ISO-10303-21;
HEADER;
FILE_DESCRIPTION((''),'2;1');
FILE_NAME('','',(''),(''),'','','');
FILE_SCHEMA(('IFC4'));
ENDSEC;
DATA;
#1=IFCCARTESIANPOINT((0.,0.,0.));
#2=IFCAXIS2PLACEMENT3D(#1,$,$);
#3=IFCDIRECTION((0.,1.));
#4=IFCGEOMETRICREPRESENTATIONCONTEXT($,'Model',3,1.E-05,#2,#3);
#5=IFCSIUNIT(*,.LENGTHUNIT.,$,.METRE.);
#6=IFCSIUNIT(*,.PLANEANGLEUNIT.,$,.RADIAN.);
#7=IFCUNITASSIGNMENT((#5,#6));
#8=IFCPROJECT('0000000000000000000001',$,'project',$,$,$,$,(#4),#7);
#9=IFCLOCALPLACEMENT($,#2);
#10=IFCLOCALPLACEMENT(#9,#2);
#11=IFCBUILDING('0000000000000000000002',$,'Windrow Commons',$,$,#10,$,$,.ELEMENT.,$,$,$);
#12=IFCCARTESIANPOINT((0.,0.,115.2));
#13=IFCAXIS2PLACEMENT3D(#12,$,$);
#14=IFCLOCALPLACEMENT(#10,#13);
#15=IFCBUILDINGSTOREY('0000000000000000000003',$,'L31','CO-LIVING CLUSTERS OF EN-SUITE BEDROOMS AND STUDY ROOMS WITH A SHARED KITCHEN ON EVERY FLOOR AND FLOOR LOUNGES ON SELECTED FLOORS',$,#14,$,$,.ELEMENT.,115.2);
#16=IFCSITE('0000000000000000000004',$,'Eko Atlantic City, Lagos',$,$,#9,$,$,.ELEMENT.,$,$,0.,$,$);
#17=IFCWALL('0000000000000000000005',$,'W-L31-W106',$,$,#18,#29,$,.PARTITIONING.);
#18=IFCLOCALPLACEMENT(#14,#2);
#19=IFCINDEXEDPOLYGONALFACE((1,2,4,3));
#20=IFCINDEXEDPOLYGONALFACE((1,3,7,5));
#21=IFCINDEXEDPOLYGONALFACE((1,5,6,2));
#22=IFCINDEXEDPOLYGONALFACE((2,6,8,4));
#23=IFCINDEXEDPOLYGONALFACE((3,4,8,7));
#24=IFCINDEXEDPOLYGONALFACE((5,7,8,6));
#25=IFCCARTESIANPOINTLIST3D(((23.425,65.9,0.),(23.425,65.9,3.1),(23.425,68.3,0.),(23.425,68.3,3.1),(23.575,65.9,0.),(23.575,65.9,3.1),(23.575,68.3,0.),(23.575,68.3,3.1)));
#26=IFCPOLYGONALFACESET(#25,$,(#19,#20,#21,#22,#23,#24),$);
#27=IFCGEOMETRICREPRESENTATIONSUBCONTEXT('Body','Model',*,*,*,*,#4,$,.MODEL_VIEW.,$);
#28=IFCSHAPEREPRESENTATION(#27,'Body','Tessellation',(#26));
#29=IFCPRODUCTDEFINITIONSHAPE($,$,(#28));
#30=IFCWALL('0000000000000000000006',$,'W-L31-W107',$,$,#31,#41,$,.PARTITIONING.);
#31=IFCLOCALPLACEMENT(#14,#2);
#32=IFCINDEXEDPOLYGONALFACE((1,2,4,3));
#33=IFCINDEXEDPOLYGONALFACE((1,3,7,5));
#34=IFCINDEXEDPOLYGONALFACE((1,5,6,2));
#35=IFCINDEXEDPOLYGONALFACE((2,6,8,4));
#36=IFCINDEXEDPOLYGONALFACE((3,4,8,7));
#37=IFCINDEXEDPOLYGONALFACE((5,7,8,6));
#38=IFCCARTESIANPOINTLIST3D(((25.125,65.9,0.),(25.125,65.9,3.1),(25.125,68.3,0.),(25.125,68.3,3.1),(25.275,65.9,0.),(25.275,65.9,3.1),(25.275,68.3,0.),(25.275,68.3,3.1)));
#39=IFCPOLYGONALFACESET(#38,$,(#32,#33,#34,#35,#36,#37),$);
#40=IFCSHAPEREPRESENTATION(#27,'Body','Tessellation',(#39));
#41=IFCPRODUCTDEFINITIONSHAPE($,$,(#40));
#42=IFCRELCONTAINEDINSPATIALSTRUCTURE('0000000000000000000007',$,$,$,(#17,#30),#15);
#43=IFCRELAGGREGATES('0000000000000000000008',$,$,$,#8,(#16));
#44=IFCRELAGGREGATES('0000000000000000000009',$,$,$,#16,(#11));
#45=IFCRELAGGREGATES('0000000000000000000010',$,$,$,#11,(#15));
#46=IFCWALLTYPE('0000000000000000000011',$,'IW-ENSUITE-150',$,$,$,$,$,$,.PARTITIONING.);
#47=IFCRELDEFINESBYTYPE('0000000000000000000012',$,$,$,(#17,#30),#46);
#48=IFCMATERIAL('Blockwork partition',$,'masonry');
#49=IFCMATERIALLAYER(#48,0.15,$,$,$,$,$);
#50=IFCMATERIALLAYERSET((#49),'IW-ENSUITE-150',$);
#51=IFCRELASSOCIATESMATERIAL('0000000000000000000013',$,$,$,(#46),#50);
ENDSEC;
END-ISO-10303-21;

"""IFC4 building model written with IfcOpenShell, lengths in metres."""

from ifc_helpers import new_model, si_unit, direction, frame, frame_2d, origin, place, context, subcontext, project, spatial, rectangle, extrude, material, layer, layer_set, type_object, element, save


model = new_model("IFC4")

# Units and contexts
model_context = context("Model", 3, precision=1e-05, world=origin(), true_north=direction((0.0, 1.0)))
body_context = subcontext(model_context, "Body", "Model", "MODEL_VIEW")
ifc_project = project(units=[si_unit("LENGTHUNIT", "METRE"), si_unit("PLANEANGLEUNIT", "RADIAN")], contexts=[model_context])

# Site, building, storey
site_placement = place(None, origin())
site = spatial("IfcSite", under=ifc_project, at=site_placement, Name="Eko Atlantic City, Lagos", CompositionType="ELEMENT", RefElevation=0.0)
building_placement = place(site_placement, origin())
building = spatial("IfcBuilding", under=site, at=building_placement, Name="Windrow Commons", CompositionType="ELEMENT")
storey_placement = place(building_placement, frame((0.0, 0.0, 115.2)))
storey = spatial("IfcBuildingStorey", under=building, at=storey_placement, Name="L31", Description="CO-LIVING CLUSTERS OF EN-SUITE BEDROOMS AND STUDY ROOMS WITH A SHARED KITCHEN ON EVERY FLOOR AND FLOOR LOUNGES ON SELECTED FLOORS", CompositionType="ELEMENT", Elevation=115.2)

# Walls
ifc_material_1 = material(Name="Blockwork partition", Category="masonry")
ifc_layer_1 = layer(ifc_material_1, 0.15)
ifc_layer_set_1 = layer_set([ifc_layer_1], Name="IW-ENSUITE-150")
wall_type_1 = type_object("IfcWallType", Name="IW-ENSUITE-150", PredefinedType="PARTITIONING", material=ifc_layer_set_1)
for number, where, z_axis, x_axis, name in (
    (1, (23.5, 65.9, 0.0), (0.0, 0.0, 1.0), (0.0, 1.0, 0.0), "W-L31-W106"),
    (2, (25.2, 65.9, 0.0), (0.0, 0.0, 1.0), (0.0, 1.0, 0.0), "W-L31-W107"),
):
    element("IfcWall", number, at=place(storey_placement, frame(where, z_axis=z_axis, x_axis=x_axis)), inside=storey, type_object=wall_type_1, Name=name, PredefinedType="PARTITIONING", context=body_context, shape_type="SweptSolid", body=[
        extrude(rectangle(XDim=2.4, YDim=0.15, at=frame_2d((1.2, 0.0))), origin(), (0.0, 0.0, 1.0), 3.1),
    ])

save(model, "model.ifc")
